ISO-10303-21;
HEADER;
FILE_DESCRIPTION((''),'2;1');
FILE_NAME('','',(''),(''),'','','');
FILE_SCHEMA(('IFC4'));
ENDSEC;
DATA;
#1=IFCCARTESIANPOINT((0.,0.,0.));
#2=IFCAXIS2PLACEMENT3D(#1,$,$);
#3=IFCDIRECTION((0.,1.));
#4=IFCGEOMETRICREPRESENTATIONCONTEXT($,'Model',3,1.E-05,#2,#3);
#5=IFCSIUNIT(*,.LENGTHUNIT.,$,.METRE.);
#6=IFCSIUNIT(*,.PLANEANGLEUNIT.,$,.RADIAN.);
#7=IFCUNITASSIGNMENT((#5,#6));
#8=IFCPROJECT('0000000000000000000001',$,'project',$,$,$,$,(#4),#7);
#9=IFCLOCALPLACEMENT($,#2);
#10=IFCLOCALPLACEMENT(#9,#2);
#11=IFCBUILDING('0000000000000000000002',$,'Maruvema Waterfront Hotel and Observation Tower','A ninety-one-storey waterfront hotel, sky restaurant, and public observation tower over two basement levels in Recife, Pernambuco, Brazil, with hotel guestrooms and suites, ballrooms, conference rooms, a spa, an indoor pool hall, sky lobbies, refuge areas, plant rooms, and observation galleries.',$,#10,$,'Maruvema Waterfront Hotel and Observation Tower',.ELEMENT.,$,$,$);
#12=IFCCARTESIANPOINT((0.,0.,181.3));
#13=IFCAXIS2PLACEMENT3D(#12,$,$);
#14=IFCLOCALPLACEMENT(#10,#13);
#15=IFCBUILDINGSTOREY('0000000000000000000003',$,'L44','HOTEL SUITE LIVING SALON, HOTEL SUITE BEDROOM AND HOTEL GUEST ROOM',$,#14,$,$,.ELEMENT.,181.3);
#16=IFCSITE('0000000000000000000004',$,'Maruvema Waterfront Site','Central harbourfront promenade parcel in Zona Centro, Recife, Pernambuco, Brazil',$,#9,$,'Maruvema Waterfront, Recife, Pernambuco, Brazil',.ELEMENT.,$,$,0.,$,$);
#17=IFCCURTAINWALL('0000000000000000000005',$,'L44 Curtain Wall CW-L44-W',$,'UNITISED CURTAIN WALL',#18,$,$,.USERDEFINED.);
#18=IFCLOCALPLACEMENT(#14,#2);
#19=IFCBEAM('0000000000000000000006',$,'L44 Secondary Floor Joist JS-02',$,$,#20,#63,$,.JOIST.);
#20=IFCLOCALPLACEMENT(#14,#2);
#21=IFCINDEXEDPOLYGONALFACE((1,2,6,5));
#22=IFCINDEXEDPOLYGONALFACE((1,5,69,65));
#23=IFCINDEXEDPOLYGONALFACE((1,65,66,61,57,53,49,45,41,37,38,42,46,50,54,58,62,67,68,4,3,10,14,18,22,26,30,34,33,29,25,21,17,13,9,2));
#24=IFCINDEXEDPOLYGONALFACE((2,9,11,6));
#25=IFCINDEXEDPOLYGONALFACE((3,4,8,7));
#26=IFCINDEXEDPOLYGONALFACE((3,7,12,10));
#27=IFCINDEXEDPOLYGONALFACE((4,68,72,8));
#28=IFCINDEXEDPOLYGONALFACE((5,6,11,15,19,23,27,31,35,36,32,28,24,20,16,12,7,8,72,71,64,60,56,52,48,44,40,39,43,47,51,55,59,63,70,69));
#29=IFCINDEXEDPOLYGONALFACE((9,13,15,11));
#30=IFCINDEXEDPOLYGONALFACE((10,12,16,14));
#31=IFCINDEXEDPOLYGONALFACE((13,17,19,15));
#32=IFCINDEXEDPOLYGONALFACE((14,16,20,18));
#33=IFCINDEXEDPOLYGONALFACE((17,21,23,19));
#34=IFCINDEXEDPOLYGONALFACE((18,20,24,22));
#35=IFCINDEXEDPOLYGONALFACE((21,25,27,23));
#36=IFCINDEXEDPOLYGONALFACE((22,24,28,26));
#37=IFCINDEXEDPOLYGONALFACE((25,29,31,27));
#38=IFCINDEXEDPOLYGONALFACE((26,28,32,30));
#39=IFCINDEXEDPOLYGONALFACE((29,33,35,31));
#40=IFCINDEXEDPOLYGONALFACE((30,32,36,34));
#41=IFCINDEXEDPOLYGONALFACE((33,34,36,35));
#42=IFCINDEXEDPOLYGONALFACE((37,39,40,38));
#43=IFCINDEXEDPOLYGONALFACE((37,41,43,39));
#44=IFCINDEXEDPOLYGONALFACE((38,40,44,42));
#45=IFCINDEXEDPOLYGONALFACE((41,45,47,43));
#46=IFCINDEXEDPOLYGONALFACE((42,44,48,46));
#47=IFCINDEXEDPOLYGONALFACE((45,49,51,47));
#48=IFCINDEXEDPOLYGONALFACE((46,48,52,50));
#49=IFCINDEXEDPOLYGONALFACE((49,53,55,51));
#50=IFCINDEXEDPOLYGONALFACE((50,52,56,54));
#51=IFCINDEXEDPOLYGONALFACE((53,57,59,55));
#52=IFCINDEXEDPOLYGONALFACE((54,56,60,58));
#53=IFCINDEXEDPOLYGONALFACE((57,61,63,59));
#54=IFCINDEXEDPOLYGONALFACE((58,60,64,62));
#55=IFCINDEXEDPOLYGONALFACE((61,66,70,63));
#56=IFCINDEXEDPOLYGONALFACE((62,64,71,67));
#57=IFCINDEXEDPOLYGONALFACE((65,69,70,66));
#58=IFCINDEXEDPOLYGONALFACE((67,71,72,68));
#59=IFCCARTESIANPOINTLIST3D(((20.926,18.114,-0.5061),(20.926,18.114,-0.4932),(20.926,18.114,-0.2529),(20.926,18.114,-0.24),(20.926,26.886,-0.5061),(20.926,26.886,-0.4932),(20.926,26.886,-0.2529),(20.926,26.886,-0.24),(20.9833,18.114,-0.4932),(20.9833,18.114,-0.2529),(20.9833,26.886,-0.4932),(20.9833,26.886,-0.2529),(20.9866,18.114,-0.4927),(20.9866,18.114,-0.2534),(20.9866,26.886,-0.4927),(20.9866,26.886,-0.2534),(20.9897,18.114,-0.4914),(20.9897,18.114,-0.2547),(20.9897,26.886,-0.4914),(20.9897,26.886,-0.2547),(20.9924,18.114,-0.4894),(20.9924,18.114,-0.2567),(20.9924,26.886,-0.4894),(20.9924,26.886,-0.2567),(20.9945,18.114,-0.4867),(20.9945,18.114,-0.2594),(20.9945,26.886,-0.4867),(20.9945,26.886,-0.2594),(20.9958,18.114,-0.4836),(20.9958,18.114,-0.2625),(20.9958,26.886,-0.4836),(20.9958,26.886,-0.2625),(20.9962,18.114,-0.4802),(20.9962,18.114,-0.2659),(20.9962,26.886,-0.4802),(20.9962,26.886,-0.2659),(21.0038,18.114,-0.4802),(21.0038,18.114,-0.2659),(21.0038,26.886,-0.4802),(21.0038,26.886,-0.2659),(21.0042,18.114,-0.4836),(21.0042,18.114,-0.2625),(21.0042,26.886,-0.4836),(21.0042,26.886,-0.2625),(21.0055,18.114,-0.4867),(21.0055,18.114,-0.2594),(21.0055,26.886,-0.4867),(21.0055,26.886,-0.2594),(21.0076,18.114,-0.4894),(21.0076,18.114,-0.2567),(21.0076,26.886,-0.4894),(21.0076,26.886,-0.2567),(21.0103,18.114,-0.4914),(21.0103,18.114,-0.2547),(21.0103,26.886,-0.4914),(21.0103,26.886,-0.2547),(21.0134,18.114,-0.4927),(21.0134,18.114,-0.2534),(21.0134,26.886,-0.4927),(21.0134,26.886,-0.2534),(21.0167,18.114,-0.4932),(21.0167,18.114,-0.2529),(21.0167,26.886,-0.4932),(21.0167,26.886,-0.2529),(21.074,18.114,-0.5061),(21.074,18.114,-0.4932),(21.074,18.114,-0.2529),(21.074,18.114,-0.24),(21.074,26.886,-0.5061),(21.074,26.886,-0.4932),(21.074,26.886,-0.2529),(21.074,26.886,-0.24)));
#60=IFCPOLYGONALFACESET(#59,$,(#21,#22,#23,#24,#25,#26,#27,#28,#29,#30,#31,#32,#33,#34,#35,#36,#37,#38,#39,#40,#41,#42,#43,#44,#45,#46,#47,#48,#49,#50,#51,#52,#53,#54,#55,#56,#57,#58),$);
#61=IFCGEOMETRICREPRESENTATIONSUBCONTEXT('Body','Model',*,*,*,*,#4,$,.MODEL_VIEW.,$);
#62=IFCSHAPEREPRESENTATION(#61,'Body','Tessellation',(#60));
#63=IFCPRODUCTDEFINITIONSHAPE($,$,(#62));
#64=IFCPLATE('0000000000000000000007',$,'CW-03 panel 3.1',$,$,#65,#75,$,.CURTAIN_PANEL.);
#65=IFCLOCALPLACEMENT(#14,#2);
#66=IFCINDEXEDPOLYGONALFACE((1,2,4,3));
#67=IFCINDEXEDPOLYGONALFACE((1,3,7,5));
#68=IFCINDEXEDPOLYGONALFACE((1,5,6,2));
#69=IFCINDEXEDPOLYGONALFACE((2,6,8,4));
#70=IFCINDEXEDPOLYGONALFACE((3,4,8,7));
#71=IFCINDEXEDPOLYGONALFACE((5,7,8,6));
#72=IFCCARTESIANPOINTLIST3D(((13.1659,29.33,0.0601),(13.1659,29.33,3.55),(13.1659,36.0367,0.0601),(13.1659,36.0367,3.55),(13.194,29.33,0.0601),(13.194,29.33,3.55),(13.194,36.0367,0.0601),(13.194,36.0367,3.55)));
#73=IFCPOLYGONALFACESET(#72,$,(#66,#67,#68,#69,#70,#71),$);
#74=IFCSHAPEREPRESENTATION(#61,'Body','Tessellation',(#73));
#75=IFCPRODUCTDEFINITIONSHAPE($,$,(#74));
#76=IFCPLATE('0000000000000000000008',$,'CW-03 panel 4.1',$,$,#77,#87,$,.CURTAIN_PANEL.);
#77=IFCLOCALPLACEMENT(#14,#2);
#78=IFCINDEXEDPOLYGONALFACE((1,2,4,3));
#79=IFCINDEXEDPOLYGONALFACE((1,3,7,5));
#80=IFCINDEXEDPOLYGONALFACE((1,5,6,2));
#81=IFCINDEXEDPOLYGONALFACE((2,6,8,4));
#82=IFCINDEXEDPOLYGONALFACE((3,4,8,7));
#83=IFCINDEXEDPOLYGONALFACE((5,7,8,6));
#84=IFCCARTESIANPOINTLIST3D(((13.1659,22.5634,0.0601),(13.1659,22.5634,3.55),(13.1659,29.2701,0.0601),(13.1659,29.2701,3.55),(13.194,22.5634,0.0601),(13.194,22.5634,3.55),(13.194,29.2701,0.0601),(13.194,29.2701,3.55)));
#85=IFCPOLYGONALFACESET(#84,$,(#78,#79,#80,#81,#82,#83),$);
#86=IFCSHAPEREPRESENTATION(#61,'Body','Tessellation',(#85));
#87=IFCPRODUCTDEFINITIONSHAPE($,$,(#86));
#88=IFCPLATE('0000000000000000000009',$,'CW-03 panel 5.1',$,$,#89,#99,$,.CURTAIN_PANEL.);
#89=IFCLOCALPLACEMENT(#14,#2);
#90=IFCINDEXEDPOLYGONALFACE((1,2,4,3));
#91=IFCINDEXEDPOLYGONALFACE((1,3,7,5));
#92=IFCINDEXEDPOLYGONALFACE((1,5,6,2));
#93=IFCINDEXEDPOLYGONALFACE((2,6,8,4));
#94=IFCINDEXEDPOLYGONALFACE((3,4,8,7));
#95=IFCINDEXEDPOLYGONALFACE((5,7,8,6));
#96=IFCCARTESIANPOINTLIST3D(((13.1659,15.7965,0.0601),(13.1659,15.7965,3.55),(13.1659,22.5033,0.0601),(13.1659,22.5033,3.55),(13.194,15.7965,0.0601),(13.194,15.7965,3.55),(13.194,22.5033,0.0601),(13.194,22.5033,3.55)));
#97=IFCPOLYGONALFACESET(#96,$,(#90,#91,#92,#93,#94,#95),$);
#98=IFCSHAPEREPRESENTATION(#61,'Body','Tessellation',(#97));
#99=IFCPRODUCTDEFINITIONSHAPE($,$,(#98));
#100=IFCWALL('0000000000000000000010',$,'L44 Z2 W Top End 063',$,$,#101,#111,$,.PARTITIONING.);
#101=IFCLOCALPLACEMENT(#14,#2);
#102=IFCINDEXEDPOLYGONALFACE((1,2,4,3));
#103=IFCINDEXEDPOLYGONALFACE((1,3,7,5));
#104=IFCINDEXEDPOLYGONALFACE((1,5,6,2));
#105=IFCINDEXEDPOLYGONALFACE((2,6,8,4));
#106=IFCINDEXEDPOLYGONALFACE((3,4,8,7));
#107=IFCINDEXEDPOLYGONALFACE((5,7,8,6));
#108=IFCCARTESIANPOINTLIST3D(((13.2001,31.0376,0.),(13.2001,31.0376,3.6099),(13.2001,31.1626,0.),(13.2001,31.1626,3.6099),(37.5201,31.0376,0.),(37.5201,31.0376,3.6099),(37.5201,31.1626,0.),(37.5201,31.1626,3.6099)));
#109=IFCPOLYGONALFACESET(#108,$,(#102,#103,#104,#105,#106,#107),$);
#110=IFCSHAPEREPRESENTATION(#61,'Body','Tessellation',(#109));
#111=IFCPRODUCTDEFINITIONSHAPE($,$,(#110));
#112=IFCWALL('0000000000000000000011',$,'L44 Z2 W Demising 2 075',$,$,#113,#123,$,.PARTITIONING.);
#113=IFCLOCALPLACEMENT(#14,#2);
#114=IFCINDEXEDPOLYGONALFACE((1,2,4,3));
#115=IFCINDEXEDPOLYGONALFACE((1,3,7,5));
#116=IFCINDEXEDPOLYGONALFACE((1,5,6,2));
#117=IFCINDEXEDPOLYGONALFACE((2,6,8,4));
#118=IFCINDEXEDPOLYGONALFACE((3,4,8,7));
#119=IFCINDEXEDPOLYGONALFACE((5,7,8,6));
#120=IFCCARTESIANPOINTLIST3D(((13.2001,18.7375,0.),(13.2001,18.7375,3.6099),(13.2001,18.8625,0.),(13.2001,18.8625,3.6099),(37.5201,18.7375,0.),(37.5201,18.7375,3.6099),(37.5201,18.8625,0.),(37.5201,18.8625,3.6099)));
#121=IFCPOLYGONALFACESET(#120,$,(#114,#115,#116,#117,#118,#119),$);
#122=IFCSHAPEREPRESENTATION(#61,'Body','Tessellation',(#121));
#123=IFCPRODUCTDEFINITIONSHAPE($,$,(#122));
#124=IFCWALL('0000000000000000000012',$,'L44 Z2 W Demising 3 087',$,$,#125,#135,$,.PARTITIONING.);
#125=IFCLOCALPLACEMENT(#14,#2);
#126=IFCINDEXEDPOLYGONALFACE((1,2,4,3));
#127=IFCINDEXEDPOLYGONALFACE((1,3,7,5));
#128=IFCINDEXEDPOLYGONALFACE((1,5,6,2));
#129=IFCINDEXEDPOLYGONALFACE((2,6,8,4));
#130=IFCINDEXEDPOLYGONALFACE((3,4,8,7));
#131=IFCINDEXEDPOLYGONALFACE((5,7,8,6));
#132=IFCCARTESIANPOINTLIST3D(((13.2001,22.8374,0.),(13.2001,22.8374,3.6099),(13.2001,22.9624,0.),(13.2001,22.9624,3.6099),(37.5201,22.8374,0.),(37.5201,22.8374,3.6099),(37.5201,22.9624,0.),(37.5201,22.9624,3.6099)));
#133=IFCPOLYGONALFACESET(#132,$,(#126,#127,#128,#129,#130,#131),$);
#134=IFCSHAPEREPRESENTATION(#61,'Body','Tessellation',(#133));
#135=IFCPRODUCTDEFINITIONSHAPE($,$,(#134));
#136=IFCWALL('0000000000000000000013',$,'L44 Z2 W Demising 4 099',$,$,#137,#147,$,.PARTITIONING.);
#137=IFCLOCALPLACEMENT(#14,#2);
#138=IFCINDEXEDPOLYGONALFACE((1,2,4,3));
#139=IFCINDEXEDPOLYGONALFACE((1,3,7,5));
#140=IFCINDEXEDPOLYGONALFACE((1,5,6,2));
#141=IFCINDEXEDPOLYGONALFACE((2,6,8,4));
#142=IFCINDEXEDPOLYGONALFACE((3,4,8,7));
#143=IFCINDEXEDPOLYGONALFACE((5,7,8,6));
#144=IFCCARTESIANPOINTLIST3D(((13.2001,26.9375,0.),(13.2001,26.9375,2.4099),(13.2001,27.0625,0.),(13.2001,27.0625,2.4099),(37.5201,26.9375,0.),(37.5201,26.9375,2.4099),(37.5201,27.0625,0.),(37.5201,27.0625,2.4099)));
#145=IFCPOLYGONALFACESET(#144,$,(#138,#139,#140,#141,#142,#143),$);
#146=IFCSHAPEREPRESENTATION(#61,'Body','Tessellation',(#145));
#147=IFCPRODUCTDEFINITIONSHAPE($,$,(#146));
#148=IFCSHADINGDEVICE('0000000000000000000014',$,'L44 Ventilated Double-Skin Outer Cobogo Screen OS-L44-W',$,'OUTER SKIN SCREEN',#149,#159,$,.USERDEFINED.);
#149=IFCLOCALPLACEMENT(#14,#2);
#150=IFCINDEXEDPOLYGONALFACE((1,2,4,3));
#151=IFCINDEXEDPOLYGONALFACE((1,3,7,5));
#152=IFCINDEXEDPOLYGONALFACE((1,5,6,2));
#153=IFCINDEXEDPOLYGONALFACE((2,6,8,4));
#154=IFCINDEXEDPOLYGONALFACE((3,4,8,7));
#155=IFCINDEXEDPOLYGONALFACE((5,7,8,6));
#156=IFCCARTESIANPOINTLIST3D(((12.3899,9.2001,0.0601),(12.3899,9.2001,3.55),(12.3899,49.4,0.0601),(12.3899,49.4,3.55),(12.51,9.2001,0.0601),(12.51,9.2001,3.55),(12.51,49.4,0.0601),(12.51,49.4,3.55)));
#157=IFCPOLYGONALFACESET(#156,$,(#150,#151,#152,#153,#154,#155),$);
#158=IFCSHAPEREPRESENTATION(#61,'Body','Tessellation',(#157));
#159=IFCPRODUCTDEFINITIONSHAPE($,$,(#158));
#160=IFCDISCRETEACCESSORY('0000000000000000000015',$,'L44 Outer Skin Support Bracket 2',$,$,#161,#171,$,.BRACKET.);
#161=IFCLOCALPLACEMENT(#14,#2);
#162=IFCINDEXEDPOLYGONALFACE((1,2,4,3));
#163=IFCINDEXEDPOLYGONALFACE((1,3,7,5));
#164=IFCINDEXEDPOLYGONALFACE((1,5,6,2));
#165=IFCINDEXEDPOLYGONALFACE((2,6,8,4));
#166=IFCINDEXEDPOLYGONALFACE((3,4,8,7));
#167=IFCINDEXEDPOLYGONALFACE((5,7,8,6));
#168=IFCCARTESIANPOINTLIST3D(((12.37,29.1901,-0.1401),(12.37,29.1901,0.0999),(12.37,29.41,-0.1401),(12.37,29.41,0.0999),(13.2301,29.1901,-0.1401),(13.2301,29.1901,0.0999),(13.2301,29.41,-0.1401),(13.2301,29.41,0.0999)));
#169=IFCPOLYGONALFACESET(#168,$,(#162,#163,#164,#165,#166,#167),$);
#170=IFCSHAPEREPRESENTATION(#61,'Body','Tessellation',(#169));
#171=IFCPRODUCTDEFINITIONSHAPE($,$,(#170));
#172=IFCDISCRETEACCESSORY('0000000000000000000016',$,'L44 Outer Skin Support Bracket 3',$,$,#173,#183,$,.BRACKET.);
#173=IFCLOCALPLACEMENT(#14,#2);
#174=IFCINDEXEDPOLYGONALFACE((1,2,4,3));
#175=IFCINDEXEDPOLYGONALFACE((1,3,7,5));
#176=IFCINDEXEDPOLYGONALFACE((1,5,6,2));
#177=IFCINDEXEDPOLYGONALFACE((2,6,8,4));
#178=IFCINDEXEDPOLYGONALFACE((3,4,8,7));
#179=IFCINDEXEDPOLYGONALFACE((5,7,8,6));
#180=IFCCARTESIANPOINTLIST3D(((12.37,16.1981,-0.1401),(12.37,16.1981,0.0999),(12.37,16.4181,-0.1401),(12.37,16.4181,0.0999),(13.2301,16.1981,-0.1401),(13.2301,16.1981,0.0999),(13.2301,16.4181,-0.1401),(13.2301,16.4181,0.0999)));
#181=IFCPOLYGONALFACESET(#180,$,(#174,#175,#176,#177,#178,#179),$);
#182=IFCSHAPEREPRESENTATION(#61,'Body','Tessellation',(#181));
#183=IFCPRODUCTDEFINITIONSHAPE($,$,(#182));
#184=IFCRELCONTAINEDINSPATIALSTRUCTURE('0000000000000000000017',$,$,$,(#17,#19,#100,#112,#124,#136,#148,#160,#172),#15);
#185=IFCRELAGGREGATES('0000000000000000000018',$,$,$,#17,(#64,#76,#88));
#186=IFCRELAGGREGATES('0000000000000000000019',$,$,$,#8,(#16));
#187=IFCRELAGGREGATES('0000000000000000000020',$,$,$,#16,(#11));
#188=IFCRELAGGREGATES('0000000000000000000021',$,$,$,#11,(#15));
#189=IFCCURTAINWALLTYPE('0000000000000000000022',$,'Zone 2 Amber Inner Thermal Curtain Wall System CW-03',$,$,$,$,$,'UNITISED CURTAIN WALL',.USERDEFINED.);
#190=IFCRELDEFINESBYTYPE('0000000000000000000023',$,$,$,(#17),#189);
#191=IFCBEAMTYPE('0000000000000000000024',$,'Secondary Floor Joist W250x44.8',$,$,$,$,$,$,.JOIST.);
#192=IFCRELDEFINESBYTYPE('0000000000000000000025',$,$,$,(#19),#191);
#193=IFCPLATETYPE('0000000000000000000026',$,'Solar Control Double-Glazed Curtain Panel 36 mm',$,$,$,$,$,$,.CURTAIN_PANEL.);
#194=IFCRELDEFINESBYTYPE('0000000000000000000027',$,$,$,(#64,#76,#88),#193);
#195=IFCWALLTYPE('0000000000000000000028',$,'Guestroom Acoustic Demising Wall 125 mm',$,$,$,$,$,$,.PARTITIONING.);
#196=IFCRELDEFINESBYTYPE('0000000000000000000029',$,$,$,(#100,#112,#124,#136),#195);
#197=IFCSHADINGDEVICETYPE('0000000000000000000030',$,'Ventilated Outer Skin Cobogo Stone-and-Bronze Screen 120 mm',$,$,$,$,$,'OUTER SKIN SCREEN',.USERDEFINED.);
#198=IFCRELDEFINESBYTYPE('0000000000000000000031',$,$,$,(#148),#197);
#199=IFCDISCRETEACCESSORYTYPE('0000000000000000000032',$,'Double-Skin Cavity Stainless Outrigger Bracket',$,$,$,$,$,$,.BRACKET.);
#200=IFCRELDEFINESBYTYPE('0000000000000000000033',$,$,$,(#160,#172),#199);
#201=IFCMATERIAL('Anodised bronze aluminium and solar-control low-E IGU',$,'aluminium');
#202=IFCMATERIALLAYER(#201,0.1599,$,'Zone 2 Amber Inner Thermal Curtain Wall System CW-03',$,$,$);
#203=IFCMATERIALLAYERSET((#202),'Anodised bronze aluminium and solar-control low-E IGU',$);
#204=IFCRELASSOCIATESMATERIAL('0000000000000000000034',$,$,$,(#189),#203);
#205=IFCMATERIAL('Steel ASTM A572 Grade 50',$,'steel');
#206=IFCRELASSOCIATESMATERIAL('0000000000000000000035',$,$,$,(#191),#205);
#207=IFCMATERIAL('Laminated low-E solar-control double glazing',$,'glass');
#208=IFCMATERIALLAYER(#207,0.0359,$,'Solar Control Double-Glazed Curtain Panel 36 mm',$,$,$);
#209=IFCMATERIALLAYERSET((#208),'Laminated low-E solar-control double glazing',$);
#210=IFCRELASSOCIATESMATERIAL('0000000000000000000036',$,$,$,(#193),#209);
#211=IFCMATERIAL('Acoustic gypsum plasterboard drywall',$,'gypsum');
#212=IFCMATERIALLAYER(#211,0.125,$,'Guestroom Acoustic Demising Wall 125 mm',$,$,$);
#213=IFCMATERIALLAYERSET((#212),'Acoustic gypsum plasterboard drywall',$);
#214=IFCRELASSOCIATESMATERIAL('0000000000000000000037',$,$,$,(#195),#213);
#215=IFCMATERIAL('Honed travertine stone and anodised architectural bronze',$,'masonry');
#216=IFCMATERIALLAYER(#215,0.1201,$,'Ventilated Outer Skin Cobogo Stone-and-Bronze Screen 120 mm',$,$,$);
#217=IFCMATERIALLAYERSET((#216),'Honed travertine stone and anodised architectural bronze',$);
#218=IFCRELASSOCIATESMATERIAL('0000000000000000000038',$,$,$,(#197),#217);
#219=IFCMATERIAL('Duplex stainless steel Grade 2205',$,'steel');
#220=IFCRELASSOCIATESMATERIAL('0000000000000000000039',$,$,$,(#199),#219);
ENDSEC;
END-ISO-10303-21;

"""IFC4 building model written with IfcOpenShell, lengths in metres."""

from ifc_helpers import new_model, si_unit, direction, frame, frame_2d, origin, origin_2d, place, context, subcontext, project, spatial, rectangle, i_section, extrude, material, layer, layer_set, material_profile, profile_set, type_object, element, aggregate, save


model = new_model("IFC4")

# Units and contexts
model_context = context("Model", 3, precision=1e-05, world=origin(), true_north=direction((0.0, 1.0)))
body_context = subcontext(model_context, "Body", "Model", "MODEL_VIEW")
ifc_project = project(units=[si_unit("LENGTHUNIT", "METRE"), si_unit("PLANEANGLEUNIT", "RADIAN")], contexts=[model_context])

# Site, building, storey
site_placement = place(None, origin())
site = spatial("IfcSite", under=ifc_project, at=site_placement, Name="Maruvema Waterfront Site", Description="Central harbourfront promenade parcel in Zona Centro, Recife, Pernambuco, Brazil", LongName="Maruvema Waterfront, Recife, Pernambuco, Brazil", CompositionType="ELEMENT", RefElevation=0.0)
building_placement = place(site_placement, origin())
building = spatial("IfcBuilding", under=site, at=building_placement, Name="Maruvema Waterfront Hotel and Observation Tower", Description="A ninety-one-storey waterfront hotel, sky restaurant, and public observation tower over two basement levels in Recife, Pernambuco, Brazil, with hotel guestrooms and suites, ballrooms, conference rooms, a spa, an indoor pool hall, sky lobbies, refuge areas, plant rooms, and observation galleries.", LongName="Maruvema Waterfront Hotel and Observation Tower", CompositionType="ELEMENT")
storey_placement = place(building_placement, frame((0.0, 0.0, 181.3)))
storey = spatial("IfcBuildingStorey", under=building, at=storey_placement, Name="L44", Description="HOTEL SUITE LIVING SALON, HOTEL SUITE BEDROOM AND HOTEL GUEST ROOM", CompositionType="ELEMENT", Elevation=181.3)

# Curtain wall
ifc_material_1 = material(Name="Anodised bronze aluminium and solar-control low-E IGU", Category="aluminium")
ifc_layer_1 = layer(ifc_material_1, 0.1599, Name="Zone 2 Amber Inner Thermal Curtain Wall System CW-03")
ifc_layer_set_1 = layer_set([ifc_layer_1], Name="Anodised bronze aluminium and solar-control low-E IGU")
curtain_wall_type = type_object("IfcCurtainWallType", Name="Zone 2 Amber Inner Thermal Curtain Wall System CW-03", ElementType="UNITISED CURTAIN WALL", PredefinedType="USERDEFINED", material=ifc_layer_set_1)
curtain_wall_placement = place(storey_placement, origin())
curtain_wall = element("IfcCurtainWall", 1, at=curtain_wall_placement, inside=storey, type_object=curtain_wall_type, Name="L44 Curtain Wall CW-L44-W", ObjectType="UNITISED CURTAIN WALL", PredefinedType="USERDEFINED")

# Beam
ifc_material_2 = material(Name="Steel ASTM A572 Grade 50", Category="steel")
ifc_material_profile_1 = material_profile(ifc_material_2, i_section(OverallWidth=0.1479, OverallDepth=0.2661, WebThickness=0.0076, FlangeThickness=0.0129, FilletRadius=0.0129, at=origin_2d()), Name="W250x44.8")
ifc_profile_set_1 = profile_set([ifc_material_profile_1], Name="Steel ASTM A572 Grade 50")
beam_type_1 = type_object("IfcBeamType", Name="Secondary Floor Joist W250x44.8", PredefinedType="JOIST", material=ifc_profile_set_1)
beam_1_placement = place(storey_placement, frame((21.0, 18.114, -0.373), z_axis=(0.0, 1.0, 0.0), x_axis=(-1.0, 0.0, 0.0)))
element("IfcBeam", 2, at=beam_1_placement, inside=storey, type_object=beam_type_1, Name="L44 Secondary Floor Joist JS-02", PredefinedType="JOIST", context=body_context, shape_type="SweptSolid", body=[
    extrude(i_section(OverallWidth=0.1479, OverallDepth=0.2661, WebThickness=0.0076, FlangeThickness=0.0129, FilletRadius=0.0129, at=origin_2d()), origin(), (0.0, 0.0, 1.0), 8.772),
])

# Plates
ifc_material_3 = material(Name="Laminated low-E solar-control double glazing", Category="glass")
ifc_layer_2 = layer(ifc_material_3, 0.0359, Name="Solar Control Double-Glazed Curtain Panel 36 mm")
ifc_layer_set_2 = layer_set([ifc_layer_2], Name="Laminated low-E solar-control double glazing")
plate_type = type_object("IfcPlateType", Name="Solar Control Double-Glazed Curtain Panel 36 mm", PredefinedType="CURTAIN_PANEL", material=ifc_layer_set_2)
plate_1_placement = place(storey_placement, frame((13.1799, 32.6833, 0.0601), z_axis=(0.0, 0.0, 1.0), x_axis=(0.0, -1.0, 0.0)))
plate_1 = element("IfcPlate", 3, at=plate_1_placement, type_object=plate_type, Name="CW-03 panel 3.1", PredefinedType="CURTAIN_PANEL", context=body_context, shape_type="SweptSolid", body=[
    extrude(rectangle(XDim=6.7068, YDim=0.0281, at=origin_2d()), origin(), (0.0, 0.0, 1.0), 3.49),
])
plate_2_placement = place(storey_placement, frame((13.1799, 25.9167, 0.0601), z_axis=(0.0, 0.0, 1.0), x_axis=(0.0, -1.0, 0.0)))
plate_2 = element("IfcPlate", 4, at=plate_2_placement, type_object=plate_type, Name="CW-03 panel 4.1", PredefinedType="CURTAIN_PANEL", context=body_context, shape_type="SweptSolid", body=[
    extrude(rectangle(XDim=6.7068, YDim=0.0281, at=origin_2d()), origin(), (0.0, 0.0, 1.0), 3.49),
])
plate_3_placement = place(storey_placement, frame((13.1799, 19.1499, 0.0601), z_axis=(0.0, 0.0, 1.0), x_axis=(0.0, -1.0, 0.0)))
plate_3 = element("IfcPlate", 5, at=plate_3_placement, type_object=plate_type, Name="CW-03 panel 5.1", PredefinedType="CURTAIN_PANEL", context=body_context, shape_type="SweptSolid", body=[
    extrude(rectangle(XDim=6.7068, YDim=0.0281, at=origin_2d()), origin(), (0.0, 0.0, 1.0), 3.49),
])
aggregate(curtain_wall, [plate_1, plate_2, plate_3])

# Walls
ifc_material_4 = material(Name="Acoustic gypsum plasterboard drywall", Category="gypsum")
ifc_layer_3 = layer(ifc_material_4, 0.125, Name="Guestroom Acoustic Demising Wall 125 mm")
ifc_layer_set_3 = layer_set([ifc_layer_3], Name="Acoustic gypsum plasterboard drywall")
wall_type = type_object("IfcWallType", Name="Guestroom Acoustic Demising Wall 125 mm", PredefinedType="PARTITIONING", material=ifc_layer_set_3)
for number, where, z_axis, x_axis, name in (
    (6, (13.2, 31.1001, 0.0), (0.0, 0.0, 1.0), (1.0, 0.0, 0.0), "L44 Z2 W Top End 063"),
    (7, (13.2, 18.8, 0.0), (0.0, 0.0, 1.0), (1.0, 0.0, 0.0), "L44 Z2 W Demising 2 075"),
    (8, (13.2, 22.8999, 0.0), (0.0, 0.0, 1.0), (1.0, 0.0, 0.0), "L44 Z2 W Demising 3 087"),
):
    element("IfcWall", number, at=place(storey_placement, frame(where, z_axis=z_axis, x_axis=x_axis)), inside=storey, type_object=wall_type, Name=name, PredefinedType="PARTITIONING", context=body_context, shape_type="SweptSolid", body=[
        extrude(rectangle(XDim=24.3201, YDim=0.125, at=frame_2d((12.1602, 0.0))), origin(), (0.0, 0.0, 1.0), 3.6099),
    ])
wall_placement = place(storey_placement, frame((13.2, 27.0, 0.0), z_axis=(0.0, 0.0, 1.0), x_axis=(1.0, 0.0, 0.0)))
element("IfcWall", 9, at=wall_placement, inside=storey, type_object=wall_type, Name="L44 Z2 W Demising 4 099", PredefinedType="PARTITIONING", context=body_context, shape_type="SweptSolid", body=[
    extrude(rectangle(XDim=24.3201, YDim=0.125, at=frame_2d((12.1602, 0.0))), origin(), (0.0, 0.0, 1.0), 2.4099),
])

# Shading device
ifc_material_5 = material(Name="Honed travertine stone and anodised architectural bronze", Category="masonry")
ifc_layer_4 = layer(ifc_material_5, 0.1201, Name="Ventilated Outer Skin Cobogo Stone-and-Bronze Screen 120 mm")
ifc_layer_set_4 = layer_set([ifc_layer_4], Name="Honed travertine stone and anodised architectural bronze")
shading_device_type = type_object("IfcShadingDeviceType", Name="Ventilated Outer Skin Cobogo Stone-and-Bronze Screen 120 mm", ElementType="OUTER SKIN SCREEN", PredefinedType="USERDEFINED", material=ifc_layer_set_4)
shading_device_placement = place(storey_placement, frame((12.45, 29.3, 0.0601), z_axis=(0.0, 0.0, 1.0), x_axis=(0.0, -1.0, 0.0)))
element("IfcShadingDevice", 10, at=shading_device_placement, inside=storey, type_object=shading_device_type, Name="L44 Ventilated Double-Skin Outer Cobogo Screen OS-L44-W", ObjectType="OUTER SKIN SCREEN", PredefinedType="USERDEFINED", context=body_context, shape_type="SweptSolid", body=[
    extrude(rectangle(XDim=40.2, YDim=0.1201, at=origin_2d()), origin(), (0.0, 0.0, 1.0), 3.49),
])

# Discrete accessories
ifc_material_6 = material(Name="Duplex stainless steel Grade 2205", Category="steel")
discrete_accessory_type = type_object("IfcDiscreteAccessoryType", Name="Double-Skin Cavity Stainless Outrigger Bracket", PredefinedType="BRACKET", material=ifc_material_6)
for number, where, z_axis, x_axis, name in (
    (11, (12.8, 29.3, -0.1401), (0.0, 0.0, 1.0), (0.0, -1.0, 0.0), "L44 Outer Skin Support Bracket 2"),
    (12, (12.8, 16.3081, -0.1401), (0.0, 0.0, 1.0), (0.0, -1.0, 0.0), "L44 Outer Skin Support Bracket 3"),
):
    element("IfcDiscreteAccessory", number, at=place(storey_placement, frame(where, z_axis=z_axis, x_axis=x_axis)), inside=storey, type_object=discrete_accessory_type, Name=name, PredefinedType="BRACKET", context=body_context, shape_type="SweptSolid", body=[
        extrude(rectangle(XDim=0.22, YDim=0.8601, at=origin_2d()), origin(), (0.0, 0.0, 1.0), 0.24),
    ])

save(model, "model.ifc")
